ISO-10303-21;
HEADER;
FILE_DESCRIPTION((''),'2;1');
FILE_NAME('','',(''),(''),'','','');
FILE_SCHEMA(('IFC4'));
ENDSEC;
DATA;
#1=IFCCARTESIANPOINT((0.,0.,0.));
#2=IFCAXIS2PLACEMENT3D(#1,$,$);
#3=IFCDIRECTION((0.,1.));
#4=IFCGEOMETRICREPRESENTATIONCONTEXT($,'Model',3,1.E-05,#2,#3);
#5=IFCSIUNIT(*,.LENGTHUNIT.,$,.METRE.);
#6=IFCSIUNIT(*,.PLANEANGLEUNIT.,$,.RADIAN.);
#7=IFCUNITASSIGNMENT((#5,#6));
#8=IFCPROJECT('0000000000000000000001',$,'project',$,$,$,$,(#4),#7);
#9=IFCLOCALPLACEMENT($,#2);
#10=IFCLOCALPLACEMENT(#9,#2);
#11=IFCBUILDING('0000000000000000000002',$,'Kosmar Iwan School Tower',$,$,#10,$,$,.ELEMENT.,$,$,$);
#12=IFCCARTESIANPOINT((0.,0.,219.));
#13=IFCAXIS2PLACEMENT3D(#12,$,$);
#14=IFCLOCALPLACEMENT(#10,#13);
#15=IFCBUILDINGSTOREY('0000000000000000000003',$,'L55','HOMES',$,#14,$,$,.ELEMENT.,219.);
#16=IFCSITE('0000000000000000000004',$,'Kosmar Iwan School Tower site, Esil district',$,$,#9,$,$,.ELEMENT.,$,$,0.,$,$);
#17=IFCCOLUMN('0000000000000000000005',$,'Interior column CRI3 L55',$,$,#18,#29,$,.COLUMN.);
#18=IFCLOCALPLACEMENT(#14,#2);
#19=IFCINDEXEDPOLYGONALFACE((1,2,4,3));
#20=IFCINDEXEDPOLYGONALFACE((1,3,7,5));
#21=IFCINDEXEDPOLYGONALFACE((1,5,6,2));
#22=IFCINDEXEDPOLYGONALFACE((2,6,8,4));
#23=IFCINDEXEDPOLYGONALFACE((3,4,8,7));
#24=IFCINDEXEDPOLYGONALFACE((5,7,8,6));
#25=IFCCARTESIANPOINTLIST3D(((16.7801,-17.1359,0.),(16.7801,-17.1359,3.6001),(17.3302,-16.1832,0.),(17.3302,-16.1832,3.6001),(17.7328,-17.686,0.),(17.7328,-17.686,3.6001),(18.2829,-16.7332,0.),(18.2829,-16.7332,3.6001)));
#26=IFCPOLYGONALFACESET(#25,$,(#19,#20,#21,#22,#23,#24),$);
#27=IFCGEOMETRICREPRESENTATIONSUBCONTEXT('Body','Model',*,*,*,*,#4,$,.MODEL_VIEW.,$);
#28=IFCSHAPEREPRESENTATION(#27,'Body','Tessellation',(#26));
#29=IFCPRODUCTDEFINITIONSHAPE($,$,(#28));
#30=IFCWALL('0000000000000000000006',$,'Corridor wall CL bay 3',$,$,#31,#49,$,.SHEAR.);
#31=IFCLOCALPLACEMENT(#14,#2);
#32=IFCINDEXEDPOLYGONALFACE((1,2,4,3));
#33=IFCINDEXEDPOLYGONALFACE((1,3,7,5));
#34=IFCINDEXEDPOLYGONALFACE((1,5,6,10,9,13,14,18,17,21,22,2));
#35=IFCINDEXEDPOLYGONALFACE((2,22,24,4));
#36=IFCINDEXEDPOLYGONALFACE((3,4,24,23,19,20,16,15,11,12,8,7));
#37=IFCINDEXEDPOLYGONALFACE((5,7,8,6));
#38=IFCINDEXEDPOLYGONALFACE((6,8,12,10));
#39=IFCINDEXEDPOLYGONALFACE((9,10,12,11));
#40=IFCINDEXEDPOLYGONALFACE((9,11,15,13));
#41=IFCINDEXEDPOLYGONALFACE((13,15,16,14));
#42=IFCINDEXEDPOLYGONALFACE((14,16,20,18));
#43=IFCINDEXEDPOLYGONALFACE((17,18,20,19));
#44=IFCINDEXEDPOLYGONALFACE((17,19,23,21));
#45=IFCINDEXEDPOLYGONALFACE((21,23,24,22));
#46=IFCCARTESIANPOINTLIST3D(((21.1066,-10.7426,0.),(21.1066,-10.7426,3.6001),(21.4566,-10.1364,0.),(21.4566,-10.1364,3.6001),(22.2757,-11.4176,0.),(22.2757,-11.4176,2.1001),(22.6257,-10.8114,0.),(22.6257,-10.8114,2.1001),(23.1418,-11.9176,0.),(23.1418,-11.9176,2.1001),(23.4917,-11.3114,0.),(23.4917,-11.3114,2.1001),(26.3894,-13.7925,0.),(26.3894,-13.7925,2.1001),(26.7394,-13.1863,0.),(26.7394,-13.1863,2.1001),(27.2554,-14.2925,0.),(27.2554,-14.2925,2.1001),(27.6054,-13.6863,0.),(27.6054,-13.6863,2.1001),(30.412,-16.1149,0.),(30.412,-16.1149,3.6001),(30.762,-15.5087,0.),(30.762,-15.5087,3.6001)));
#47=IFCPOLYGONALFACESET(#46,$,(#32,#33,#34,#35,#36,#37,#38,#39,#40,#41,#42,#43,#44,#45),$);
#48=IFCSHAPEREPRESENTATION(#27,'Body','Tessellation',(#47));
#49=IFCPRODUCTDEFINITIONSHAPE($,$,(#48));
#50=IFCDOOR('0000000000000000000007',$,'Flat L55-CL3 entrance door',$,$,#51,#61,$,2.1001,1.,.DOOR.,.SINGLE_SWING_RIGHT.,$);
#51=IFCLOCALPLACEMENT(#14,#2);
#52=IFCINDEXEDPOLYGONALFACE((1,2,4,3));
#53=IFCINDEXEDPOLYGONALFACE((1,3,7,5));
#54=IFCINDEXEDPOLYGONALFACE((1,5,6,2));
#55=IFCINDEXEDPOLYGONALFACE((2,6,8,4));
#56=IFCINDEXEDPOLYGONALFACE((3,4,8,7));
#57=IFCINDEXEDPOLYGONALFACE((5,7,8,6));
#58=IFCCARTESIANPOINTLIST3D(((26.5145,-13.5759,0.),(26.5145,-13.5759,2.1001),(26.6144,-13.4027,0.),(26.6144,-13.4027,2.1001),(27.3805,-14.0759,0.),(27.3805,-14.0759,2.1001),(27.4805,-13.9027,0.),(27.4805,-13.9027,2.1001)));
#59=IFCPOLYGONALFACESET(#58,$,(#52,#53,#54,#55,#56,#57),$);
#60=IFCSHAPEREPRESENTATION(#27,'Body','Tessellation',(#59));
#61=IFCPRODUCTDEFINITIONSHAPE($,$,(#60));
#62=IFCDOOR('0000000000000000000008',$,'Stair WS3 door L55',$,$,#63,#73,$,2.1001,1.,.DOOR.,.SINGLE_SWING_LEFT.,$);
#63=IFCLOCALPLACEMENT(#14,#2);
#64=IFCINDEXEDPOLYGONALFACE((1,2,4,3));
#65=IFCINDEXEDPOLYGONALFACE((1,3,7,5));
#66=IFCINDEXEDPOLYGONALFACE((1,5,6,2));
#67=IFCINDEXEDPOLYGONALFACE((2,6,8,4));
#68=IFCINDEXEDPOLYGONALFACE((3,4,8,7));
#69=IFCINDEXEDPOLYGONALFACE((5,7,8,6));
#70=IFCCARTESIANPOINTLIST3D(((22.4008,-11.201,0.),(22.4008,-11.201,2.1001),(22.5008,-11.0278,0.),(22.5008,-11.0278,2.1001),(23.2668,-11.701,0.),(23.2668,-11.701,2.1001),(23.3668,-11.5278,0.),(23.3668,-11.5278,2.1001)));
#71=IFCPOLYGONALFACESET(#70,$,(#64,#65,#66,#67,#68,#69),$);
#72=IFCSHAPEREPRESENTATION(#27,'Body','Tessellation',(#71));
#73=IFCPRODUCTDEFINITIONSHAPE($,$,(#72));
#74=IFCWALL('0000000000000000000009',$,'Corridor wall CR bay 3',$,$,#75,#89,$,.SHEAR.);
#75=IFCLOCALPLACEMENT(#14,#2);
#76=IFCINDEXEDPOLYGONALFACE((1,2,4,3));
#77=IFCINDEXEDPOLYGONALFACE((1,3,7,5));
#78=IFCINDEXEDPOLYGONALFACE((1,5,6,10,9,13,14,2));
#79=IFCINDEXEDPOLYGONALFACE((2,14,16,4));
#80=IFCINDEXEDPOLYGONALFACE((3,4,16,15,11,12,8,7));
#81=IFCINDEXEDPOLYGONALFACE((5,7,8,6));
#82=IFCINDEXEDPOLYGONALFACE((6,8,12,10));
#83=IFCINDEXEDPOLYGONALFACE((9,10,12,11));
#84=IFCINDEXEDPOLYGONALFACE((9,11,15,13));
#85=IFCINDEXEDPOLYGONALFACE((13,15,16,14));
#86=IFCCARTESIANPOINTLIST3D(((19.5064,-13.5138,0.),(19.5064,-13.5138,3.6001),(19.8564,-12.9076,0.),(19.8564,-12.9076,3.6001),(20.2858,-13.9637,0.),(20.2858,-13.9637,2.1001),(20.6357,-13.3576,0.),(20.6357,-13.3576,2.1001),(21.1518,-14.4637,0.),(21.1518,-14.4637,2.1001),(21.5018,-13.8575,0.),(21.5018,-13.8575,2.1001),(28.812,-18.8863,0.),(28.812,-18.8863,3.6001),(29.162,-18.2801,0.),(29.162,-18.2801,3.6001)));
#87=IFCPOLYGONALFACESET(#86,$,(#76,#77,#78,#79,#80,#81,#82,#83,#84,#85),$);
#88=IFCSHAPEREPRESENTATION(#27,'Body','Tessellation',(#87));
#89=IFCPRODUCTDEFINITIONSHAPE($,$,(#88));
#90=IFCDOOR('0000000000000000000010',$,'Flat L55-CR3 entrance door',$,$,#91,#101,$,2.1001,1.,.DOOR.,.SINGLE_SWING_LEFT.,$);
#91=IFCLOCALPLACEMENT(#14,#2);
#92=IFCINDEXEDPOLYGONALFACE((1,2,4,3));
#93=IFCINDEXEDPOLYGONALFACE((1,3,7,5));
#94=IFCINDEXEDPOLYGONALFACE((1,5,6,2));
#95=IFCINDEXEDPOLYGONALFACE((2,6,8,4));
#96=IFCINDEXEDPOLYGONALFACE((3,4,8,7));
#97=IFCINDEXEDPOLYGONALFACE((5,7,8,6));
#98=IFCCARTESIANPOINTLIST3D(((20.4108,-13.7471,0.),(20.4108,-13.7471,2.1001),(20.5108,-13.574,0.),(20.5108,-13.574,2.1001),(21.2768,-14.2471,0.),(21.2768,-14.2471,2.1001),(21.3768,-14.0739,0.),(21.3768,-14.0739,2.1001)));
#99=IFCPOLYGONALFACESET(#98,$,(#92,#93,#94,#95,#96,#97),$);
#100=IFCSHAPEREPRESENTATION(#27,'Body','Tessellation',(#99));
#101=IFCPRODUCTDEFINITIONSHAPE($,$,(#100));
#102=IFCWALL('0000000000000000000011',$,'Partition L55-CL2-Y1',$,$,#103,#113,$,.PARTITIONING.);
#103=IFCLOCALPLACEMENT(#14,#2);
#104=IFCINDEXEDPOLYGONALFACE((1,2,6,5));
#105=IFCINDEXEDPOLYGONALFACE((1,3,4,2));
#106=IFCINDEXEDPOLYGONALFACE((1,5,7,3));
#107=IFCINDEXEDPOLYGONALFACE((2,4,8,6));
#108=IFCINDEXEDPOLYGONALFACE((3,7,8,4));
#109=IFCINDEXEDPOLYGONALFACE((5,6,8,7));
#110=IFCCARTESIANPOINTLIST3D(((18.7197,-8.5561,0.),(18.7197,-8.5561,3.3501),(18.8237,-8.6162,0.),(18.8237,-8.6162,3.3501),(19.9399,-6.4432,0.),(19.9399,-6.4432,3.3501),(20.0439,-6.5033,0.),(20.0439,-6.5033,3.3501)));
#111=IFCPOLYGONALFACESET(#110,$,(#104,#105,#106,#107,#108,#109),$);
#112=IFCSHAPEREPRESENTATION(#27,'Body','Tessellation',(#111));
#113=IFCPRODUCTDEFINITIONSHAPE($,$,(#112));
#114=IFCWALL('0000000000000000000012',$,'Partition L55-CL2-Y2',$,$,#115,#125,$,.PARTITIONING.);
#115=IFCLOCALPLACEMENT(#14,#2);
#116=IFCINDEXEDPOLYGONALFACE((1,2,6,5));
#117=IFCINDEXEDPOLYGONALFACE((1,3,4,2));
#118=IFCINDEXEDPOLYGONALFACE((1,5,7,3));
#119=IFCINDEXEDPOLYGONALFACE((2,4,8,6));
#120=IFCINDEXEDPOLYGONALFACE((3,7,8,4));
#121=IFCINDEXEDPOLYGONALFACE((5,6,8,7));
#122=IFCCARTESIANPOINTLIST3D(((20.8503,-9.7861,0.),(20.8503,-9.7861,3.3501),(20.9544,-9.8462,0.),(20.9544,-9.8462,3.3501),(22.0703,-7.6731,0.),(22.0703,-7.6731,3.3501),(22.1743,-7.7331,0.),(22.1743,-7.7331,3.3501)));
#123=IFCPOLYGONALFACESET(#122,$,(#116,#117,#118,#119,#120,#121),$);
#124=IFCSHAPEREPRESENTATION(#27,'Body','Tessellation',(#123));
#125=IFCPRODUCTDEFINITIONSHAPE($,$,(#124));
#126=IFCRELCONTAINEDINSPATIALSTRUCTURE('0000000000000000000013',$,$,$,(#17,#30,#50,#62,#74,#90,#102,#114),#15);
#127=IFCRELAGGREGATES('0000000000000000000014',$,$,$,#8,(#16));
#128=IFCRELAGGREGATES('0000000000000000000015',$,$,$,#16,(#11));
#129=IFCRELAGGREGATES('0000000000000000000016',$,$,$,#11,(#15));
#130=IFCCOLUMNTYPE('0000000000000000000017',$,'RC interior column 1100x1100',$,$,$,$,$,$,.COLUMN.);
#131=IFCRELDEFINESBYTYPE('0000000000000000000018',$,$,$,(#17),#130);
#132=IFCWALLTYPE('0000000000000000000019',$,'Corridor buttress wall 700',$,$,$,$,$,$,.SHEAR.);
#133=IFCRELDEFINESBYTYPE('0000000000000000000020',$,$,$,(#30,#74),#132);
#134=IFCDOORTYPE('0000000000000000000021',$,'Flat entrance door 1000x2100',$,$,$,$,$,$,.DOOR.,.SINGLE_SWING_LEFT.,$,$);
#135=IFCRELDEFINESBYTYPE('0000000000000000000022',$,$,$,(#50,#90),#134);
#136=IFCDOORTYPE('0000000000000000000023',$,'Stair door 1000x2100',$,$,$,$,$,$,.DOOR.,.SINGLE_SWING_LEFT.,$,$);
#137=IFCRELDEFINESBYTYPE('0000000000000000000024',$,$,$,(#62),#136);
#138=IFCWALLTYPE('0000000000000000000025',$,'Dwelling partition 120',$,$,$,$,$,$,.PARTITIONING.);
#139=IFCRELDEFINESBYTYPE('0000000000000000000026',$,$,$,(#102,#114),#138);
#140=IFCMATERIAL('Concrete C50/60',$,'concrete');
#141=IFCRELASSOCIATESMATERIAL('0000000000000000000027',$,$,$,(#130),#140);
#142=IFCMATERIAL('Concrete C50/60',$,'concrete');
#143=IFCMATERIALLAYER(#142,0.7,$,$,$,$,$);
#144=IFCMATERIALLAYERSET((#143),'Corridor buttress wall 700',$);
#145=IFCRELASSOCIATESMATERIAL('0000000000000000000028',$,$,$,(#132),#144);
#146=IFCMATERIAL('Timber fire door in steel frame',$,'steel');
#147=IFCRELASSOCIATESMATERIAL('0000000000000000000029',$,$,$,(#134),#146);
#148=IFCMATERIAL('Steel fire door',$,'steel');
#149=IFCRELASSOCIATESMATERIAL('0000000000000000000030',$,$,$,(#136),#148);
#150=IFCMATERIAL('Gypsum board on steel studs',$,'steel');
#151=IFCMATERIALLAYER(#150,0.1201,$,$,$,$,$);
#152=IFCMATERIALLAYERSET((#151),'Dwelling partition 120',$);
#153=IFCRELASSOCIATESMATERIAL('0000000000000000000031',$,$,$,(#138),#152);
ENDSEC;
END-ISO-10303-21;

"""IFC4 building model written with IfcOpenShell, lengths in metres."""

from ifc_helpers import new_model, si_unit, direction, frame, frame_2d, origin, origin_2d, place, context, subcontext, project, spatial, rectangle, extrude, material, layer, layer_set, material_profile, profile_set, type_object, element, fill, save


model = new_model("IFC4")

# Units and contexts
model_context = context("Model", 3, precision=1e-05, world=origin(), true_north=direction((0.0, 1.0)))
body_context = subcontext(model_context, "Body", "Model", "MODEL_VIEW")
ifc_project = project(units=[si_unit("LENGTHUNIT", "METRE"), si_unit("PLANEANGLEUNIT", "RADIAN")], contexts=[model_context])

# Site, building, storey
site_placement = place(None, origin())
site = spatial("IfcSite", under=ifc_project, at=site_placement, Name="Kosmar Iwan School Tower site, Esil district", CompositionType="ELEMENT", RefElevation=0.0)
building_placement = place(site_placement, origin())
building = spatial("IfcBuilding", under=site, at=building_placement, Name="Kosmar Iwan School Tower", CompositionType="ELEMENT")
storey_placement = place(building_placement, frame((0.0, 0.0, 219.0)))
storey = spatial("IfcBuildingStorey", under=building, at=storey_placement, Name="L55", Description="HOMES", CompositionType="ELEMENT", Elevation=219.0)

# Column
ifc_material_1 = material(Name="Concrete C50/60", Category="concrete")
ifc_material_profile = material_profile(ifc_material_1, rectangle(XDim=1.1001, YDim=1.1001, at=origin_2d()), Name="RC 1100x1100")
ifc_profile_set = profile_set([ifc_material_profile], Name="Concrete C50/60")
column_type = type_object("IfcColumnType", Name="RC interior column 1100x1100", PredefinedType="COLUMN", material=ifc_profile_set)
column_placement = place(storey_placement, frame((17.5315, -16.9346, 0.0), z_axis=(0.0, 0.0, 1.0), x_axis=(0.866025, -0.5, 0.0)))
element("IfcColumn", 1, at=column_placement, inside=storey, type_object=column_type, Name="Interior column CRI3 L55", PredefinedType="COLUMN", context=body_context, shape_type="SweptSolid", body=[
    extrude(rectangle(XDim=1.1001, YDim=1.1001, at=origin_2d()), origin(), (0.0, 0.0, 1.0), 3.6001),
])

# Wall, openings, doors
ifc_material_2 = material(Name="Concrete C50/60", Category="concrete")
ifc_layer_1 = layer(ifc_material_2, 0.7)
ifc_layer_set_1 = layer_set([ifc_layer_1], Name="Corridor buttress wall 700")
wall_type_1 = type_object("IfcWallType", Name="Corridor buttress wall 700", PredefinedType="SHEAR", material=ifc_layer_set_1)
wall_1_placement = place(storey_placement, frame((21.2815, -10.4395, 0.0), z_axis=(0.0, 0.0, 1.0), x_axis=(0.866032, -0.499988, 0.0)))
wall_1 = element("IfcWall", 2, at=wall_1_placement, inside=storey, type_object=wall_type_1, Name="Corridor wall CL bay 3", PredefinedType="SHEAR", context=body_context, shape_type="SweptSolid", body=[
    extrude(rectangle(XDim=10.7449, YDim=0.7, at=frame_2d((5.3726, 0.0))), origin(), (0.0, 0.0, 1.0), 3.6001),
])
opening_1_placement = place(wall_1_placement, frame((6.1001, 0.0, 0.0)))
opening_1 = element("IfcOpeningElement", 3, at=opening_1_placement, cuts=wall_1, PredefinedType="OPENING", context=body_context, shape_type="SweptSolid", body=[
    extrude(rectangle(XDim=1.0, YDim=2.1001, at=frame_2d((0.5, 1.05))), frame((0.0, 0.3621, 0.0), z_axis=(0.0, -1.0, 0.0), x_axis=(1.0, 0.0, 0.0)), (0.0, 0.0, 1.0), 0.7239),
])
opening_2_placement = place(wall_1_placement, frame((1.3501, 0.0, 0.0)))
opening_2 = element("IfcOpeningElement", 4, at=opening_2_placement, cuts=wall_1, PredefinedType="OPENING", context=body_context, shape_type="SweptSolid", body=[
    extrude(rectangle(XDim=1.0, YDim=2.1001, at=frame_2d((0.5, 1.05))), frame((0.0, 0.3621, 0.0), z_axis=(0.0, -1.0, 0.0), x_axis=(1.0, 0.0, 0.0)), (0.0, 0.0, 1.0), 0.7239),
])
ifc_material_3 = material(Name="Timber fire door in steel frame", Category="steel")
door_type_1 = type_object("IfcDoorType", Name="Flat entrance door 1000x2100", OperationType="SINGLE_SWING_LEFT", PredefinedType="DOOR", material=ifc_material_3)
door_1_placement = place(opening_1_placement, origin())
door_1 = element("IfcDoor", 5, at=door_1_placement, inside=storey, type_object=door_type_1, Name="Flat L55-CL3 entrance door", OperationType="SINGLE_SWING_RIGHT", OverallHeight=2.1001, OverallWidth=1.0, PredefinedType="DOOR", context=body_context, shape_type="SweptSolid", body=[
    extrude(rectangle(XDim=1.0, YDim=2.1001, at=frame_2d((0.5, 1.05))), frame((0.0, 0.1001, 0.0), z_axis=(0.0, -1.0, 0.0), x_axis=(1.0, 0.0, 0.0)), (0.0, 0.0, 1.0), 0.2),
])
fill(opening_1, door_1)
ifc_material_4 = material(Name="Steel fire door", Category="steel")
door_type_2 = type_object("IfcDoorType", Name="Stair door 1000x2100", OperationType="SINGLE_SWING_LEFT", PredefinedType="DOOR", material=ifc_material_4)
door_2_placement = place(opening_2_placement, origin())
door_2 = element("IfcDoor", 6, at=door_2_placement, inside=storey, type_object=door_type_2, Name="Stair WS3 door L55", OperationType="SINGLE_SWING_LEFT", OverallHeight=2.1001, OverallWidth=1.0, PredefinedType="DOOR", context=body_context, shape_type="SweptSolid", body=[
    extrude(rectangle(XDim=1.0, YDim=2.1001, at=frame_2d((0.5, 1.05))), frame((0.0, 0.1001, 0.0), z_axis=(0.0, -1.0, 0.0), x_axis=(1.0, 0.0, 0.0)), (0.0, 0.0, 1.0), 0.2),
])
fill(opening_2, door_2)

# Wall, opening, door
wall_2_placement = place(storey_placement, frame((19.6814, -13.2107, 0.0), z_axis=(0.0, 0.0, 1.0), x_axis=(0.866028, -0.499995, 0.0)))
wall_2 = element("IfcWall", 7, at=wall_2_placement, inside=storey, type_object=wall_type_1, Name="Corridor wall CR bay 3", PredefinedType="SHEAR", context=body_context, shape_type="SweptSolid", body=[
    extrude(rectangle(XDim=10.7451, YDim=0.7, at=frame_2d((5.3726, 0.0))), origin(), (0.0, 0.0, 1.0), 3.6001),
])
opening_3_placement = place(wall_2_placement, frame((0.8999, 0.0, 0.0)))
opening_3 = element("IfcOpeningElement", 8, at=opening_3_placement, cuts=wall_2, PredefinedType="OPENING", context=body_context, shape_type="SweptSolid", body=[
    extrude(rectangle(XDim=1.0, YDim=2.1001, at=frame_2d((0.5, 1.05))), frame((0.0, 0.3621, 0.0), z_axis=(0.0, -1.0, 0.0), x_axis=(1.0, 0.0, 0.0)), (0.0, 0.0, 1.0), 0.7239),
])
door_3_placement = place(opening_3_placement, origin())
door_3 = element("IfcDoor", 9, at=door_3_placement, inside=storey, type_object=door_type_1, Name="Flat L55-CR3 entrance door", OperationType="SINGLE_SWING_LEFT", OverallHeight=2.1001, OverallWidth=1.0, PredefinedType="DOOR", context=body_context, shape_type="SweptSolid", body=[
    extrude(rectangle(XDim=1.0, YDim=2.1001, at=frame_2d((0.5, 1.05))), frame((0.0, 0.1001, 0.0), z_axis=(0.0, -1.0, 0.0), x_axis=(1.0, 0.0, 0.0)), (0.0, 0.0, 1.0), 0.2),
])
fill(opening_3, door_3)

# Walls
ifc_material_5 = material(Name="Gypsum board on steel studs", Category="steel")
ifc_layer_2 = layer(ifc_material_5, 0.1201)
ifc_layer_set_2 = layer_set([ifc_layer_2], Name="Dwelling partition 120")
wall_type_2 = type_object("IfcWallType", Name="Dwelling partition 120", PredefinedType="PARTITIONING", material=ifc_layer_set_2)
for number, where, z_axis, x_axis, name in (
    (10, (18.7717, -8.5862, 0.0), (0.0, 0.0, 1.0), (0.500078, 0.865981, 0.0), "Partition L55-CL2-Y1"),
    (11, (20.9023, -9.8162, 0.0), (0.0, 0.0, 1.0), (0.500003, 0.866024, 0.0), "Partition L55-CL2-Y2"),
):
    element("IfcWall", number, at=place(storey_placement, frame(where, z_axis=z_axis, x_axis=x_axis)), inside=storey, type_object=wall_type_2, Name=name, PredefinedType="PARTITIONING", context=body_context, shape_type="SweptSolid", body=[
        extrude(rectangle(XDim=2.4399, YDim=0.1201, at=frame_2d((1.22, 0.0))), origin(), (0.0, 0.0, 1.0), 3.3501),
    ])

save(model, "model.ifc")
